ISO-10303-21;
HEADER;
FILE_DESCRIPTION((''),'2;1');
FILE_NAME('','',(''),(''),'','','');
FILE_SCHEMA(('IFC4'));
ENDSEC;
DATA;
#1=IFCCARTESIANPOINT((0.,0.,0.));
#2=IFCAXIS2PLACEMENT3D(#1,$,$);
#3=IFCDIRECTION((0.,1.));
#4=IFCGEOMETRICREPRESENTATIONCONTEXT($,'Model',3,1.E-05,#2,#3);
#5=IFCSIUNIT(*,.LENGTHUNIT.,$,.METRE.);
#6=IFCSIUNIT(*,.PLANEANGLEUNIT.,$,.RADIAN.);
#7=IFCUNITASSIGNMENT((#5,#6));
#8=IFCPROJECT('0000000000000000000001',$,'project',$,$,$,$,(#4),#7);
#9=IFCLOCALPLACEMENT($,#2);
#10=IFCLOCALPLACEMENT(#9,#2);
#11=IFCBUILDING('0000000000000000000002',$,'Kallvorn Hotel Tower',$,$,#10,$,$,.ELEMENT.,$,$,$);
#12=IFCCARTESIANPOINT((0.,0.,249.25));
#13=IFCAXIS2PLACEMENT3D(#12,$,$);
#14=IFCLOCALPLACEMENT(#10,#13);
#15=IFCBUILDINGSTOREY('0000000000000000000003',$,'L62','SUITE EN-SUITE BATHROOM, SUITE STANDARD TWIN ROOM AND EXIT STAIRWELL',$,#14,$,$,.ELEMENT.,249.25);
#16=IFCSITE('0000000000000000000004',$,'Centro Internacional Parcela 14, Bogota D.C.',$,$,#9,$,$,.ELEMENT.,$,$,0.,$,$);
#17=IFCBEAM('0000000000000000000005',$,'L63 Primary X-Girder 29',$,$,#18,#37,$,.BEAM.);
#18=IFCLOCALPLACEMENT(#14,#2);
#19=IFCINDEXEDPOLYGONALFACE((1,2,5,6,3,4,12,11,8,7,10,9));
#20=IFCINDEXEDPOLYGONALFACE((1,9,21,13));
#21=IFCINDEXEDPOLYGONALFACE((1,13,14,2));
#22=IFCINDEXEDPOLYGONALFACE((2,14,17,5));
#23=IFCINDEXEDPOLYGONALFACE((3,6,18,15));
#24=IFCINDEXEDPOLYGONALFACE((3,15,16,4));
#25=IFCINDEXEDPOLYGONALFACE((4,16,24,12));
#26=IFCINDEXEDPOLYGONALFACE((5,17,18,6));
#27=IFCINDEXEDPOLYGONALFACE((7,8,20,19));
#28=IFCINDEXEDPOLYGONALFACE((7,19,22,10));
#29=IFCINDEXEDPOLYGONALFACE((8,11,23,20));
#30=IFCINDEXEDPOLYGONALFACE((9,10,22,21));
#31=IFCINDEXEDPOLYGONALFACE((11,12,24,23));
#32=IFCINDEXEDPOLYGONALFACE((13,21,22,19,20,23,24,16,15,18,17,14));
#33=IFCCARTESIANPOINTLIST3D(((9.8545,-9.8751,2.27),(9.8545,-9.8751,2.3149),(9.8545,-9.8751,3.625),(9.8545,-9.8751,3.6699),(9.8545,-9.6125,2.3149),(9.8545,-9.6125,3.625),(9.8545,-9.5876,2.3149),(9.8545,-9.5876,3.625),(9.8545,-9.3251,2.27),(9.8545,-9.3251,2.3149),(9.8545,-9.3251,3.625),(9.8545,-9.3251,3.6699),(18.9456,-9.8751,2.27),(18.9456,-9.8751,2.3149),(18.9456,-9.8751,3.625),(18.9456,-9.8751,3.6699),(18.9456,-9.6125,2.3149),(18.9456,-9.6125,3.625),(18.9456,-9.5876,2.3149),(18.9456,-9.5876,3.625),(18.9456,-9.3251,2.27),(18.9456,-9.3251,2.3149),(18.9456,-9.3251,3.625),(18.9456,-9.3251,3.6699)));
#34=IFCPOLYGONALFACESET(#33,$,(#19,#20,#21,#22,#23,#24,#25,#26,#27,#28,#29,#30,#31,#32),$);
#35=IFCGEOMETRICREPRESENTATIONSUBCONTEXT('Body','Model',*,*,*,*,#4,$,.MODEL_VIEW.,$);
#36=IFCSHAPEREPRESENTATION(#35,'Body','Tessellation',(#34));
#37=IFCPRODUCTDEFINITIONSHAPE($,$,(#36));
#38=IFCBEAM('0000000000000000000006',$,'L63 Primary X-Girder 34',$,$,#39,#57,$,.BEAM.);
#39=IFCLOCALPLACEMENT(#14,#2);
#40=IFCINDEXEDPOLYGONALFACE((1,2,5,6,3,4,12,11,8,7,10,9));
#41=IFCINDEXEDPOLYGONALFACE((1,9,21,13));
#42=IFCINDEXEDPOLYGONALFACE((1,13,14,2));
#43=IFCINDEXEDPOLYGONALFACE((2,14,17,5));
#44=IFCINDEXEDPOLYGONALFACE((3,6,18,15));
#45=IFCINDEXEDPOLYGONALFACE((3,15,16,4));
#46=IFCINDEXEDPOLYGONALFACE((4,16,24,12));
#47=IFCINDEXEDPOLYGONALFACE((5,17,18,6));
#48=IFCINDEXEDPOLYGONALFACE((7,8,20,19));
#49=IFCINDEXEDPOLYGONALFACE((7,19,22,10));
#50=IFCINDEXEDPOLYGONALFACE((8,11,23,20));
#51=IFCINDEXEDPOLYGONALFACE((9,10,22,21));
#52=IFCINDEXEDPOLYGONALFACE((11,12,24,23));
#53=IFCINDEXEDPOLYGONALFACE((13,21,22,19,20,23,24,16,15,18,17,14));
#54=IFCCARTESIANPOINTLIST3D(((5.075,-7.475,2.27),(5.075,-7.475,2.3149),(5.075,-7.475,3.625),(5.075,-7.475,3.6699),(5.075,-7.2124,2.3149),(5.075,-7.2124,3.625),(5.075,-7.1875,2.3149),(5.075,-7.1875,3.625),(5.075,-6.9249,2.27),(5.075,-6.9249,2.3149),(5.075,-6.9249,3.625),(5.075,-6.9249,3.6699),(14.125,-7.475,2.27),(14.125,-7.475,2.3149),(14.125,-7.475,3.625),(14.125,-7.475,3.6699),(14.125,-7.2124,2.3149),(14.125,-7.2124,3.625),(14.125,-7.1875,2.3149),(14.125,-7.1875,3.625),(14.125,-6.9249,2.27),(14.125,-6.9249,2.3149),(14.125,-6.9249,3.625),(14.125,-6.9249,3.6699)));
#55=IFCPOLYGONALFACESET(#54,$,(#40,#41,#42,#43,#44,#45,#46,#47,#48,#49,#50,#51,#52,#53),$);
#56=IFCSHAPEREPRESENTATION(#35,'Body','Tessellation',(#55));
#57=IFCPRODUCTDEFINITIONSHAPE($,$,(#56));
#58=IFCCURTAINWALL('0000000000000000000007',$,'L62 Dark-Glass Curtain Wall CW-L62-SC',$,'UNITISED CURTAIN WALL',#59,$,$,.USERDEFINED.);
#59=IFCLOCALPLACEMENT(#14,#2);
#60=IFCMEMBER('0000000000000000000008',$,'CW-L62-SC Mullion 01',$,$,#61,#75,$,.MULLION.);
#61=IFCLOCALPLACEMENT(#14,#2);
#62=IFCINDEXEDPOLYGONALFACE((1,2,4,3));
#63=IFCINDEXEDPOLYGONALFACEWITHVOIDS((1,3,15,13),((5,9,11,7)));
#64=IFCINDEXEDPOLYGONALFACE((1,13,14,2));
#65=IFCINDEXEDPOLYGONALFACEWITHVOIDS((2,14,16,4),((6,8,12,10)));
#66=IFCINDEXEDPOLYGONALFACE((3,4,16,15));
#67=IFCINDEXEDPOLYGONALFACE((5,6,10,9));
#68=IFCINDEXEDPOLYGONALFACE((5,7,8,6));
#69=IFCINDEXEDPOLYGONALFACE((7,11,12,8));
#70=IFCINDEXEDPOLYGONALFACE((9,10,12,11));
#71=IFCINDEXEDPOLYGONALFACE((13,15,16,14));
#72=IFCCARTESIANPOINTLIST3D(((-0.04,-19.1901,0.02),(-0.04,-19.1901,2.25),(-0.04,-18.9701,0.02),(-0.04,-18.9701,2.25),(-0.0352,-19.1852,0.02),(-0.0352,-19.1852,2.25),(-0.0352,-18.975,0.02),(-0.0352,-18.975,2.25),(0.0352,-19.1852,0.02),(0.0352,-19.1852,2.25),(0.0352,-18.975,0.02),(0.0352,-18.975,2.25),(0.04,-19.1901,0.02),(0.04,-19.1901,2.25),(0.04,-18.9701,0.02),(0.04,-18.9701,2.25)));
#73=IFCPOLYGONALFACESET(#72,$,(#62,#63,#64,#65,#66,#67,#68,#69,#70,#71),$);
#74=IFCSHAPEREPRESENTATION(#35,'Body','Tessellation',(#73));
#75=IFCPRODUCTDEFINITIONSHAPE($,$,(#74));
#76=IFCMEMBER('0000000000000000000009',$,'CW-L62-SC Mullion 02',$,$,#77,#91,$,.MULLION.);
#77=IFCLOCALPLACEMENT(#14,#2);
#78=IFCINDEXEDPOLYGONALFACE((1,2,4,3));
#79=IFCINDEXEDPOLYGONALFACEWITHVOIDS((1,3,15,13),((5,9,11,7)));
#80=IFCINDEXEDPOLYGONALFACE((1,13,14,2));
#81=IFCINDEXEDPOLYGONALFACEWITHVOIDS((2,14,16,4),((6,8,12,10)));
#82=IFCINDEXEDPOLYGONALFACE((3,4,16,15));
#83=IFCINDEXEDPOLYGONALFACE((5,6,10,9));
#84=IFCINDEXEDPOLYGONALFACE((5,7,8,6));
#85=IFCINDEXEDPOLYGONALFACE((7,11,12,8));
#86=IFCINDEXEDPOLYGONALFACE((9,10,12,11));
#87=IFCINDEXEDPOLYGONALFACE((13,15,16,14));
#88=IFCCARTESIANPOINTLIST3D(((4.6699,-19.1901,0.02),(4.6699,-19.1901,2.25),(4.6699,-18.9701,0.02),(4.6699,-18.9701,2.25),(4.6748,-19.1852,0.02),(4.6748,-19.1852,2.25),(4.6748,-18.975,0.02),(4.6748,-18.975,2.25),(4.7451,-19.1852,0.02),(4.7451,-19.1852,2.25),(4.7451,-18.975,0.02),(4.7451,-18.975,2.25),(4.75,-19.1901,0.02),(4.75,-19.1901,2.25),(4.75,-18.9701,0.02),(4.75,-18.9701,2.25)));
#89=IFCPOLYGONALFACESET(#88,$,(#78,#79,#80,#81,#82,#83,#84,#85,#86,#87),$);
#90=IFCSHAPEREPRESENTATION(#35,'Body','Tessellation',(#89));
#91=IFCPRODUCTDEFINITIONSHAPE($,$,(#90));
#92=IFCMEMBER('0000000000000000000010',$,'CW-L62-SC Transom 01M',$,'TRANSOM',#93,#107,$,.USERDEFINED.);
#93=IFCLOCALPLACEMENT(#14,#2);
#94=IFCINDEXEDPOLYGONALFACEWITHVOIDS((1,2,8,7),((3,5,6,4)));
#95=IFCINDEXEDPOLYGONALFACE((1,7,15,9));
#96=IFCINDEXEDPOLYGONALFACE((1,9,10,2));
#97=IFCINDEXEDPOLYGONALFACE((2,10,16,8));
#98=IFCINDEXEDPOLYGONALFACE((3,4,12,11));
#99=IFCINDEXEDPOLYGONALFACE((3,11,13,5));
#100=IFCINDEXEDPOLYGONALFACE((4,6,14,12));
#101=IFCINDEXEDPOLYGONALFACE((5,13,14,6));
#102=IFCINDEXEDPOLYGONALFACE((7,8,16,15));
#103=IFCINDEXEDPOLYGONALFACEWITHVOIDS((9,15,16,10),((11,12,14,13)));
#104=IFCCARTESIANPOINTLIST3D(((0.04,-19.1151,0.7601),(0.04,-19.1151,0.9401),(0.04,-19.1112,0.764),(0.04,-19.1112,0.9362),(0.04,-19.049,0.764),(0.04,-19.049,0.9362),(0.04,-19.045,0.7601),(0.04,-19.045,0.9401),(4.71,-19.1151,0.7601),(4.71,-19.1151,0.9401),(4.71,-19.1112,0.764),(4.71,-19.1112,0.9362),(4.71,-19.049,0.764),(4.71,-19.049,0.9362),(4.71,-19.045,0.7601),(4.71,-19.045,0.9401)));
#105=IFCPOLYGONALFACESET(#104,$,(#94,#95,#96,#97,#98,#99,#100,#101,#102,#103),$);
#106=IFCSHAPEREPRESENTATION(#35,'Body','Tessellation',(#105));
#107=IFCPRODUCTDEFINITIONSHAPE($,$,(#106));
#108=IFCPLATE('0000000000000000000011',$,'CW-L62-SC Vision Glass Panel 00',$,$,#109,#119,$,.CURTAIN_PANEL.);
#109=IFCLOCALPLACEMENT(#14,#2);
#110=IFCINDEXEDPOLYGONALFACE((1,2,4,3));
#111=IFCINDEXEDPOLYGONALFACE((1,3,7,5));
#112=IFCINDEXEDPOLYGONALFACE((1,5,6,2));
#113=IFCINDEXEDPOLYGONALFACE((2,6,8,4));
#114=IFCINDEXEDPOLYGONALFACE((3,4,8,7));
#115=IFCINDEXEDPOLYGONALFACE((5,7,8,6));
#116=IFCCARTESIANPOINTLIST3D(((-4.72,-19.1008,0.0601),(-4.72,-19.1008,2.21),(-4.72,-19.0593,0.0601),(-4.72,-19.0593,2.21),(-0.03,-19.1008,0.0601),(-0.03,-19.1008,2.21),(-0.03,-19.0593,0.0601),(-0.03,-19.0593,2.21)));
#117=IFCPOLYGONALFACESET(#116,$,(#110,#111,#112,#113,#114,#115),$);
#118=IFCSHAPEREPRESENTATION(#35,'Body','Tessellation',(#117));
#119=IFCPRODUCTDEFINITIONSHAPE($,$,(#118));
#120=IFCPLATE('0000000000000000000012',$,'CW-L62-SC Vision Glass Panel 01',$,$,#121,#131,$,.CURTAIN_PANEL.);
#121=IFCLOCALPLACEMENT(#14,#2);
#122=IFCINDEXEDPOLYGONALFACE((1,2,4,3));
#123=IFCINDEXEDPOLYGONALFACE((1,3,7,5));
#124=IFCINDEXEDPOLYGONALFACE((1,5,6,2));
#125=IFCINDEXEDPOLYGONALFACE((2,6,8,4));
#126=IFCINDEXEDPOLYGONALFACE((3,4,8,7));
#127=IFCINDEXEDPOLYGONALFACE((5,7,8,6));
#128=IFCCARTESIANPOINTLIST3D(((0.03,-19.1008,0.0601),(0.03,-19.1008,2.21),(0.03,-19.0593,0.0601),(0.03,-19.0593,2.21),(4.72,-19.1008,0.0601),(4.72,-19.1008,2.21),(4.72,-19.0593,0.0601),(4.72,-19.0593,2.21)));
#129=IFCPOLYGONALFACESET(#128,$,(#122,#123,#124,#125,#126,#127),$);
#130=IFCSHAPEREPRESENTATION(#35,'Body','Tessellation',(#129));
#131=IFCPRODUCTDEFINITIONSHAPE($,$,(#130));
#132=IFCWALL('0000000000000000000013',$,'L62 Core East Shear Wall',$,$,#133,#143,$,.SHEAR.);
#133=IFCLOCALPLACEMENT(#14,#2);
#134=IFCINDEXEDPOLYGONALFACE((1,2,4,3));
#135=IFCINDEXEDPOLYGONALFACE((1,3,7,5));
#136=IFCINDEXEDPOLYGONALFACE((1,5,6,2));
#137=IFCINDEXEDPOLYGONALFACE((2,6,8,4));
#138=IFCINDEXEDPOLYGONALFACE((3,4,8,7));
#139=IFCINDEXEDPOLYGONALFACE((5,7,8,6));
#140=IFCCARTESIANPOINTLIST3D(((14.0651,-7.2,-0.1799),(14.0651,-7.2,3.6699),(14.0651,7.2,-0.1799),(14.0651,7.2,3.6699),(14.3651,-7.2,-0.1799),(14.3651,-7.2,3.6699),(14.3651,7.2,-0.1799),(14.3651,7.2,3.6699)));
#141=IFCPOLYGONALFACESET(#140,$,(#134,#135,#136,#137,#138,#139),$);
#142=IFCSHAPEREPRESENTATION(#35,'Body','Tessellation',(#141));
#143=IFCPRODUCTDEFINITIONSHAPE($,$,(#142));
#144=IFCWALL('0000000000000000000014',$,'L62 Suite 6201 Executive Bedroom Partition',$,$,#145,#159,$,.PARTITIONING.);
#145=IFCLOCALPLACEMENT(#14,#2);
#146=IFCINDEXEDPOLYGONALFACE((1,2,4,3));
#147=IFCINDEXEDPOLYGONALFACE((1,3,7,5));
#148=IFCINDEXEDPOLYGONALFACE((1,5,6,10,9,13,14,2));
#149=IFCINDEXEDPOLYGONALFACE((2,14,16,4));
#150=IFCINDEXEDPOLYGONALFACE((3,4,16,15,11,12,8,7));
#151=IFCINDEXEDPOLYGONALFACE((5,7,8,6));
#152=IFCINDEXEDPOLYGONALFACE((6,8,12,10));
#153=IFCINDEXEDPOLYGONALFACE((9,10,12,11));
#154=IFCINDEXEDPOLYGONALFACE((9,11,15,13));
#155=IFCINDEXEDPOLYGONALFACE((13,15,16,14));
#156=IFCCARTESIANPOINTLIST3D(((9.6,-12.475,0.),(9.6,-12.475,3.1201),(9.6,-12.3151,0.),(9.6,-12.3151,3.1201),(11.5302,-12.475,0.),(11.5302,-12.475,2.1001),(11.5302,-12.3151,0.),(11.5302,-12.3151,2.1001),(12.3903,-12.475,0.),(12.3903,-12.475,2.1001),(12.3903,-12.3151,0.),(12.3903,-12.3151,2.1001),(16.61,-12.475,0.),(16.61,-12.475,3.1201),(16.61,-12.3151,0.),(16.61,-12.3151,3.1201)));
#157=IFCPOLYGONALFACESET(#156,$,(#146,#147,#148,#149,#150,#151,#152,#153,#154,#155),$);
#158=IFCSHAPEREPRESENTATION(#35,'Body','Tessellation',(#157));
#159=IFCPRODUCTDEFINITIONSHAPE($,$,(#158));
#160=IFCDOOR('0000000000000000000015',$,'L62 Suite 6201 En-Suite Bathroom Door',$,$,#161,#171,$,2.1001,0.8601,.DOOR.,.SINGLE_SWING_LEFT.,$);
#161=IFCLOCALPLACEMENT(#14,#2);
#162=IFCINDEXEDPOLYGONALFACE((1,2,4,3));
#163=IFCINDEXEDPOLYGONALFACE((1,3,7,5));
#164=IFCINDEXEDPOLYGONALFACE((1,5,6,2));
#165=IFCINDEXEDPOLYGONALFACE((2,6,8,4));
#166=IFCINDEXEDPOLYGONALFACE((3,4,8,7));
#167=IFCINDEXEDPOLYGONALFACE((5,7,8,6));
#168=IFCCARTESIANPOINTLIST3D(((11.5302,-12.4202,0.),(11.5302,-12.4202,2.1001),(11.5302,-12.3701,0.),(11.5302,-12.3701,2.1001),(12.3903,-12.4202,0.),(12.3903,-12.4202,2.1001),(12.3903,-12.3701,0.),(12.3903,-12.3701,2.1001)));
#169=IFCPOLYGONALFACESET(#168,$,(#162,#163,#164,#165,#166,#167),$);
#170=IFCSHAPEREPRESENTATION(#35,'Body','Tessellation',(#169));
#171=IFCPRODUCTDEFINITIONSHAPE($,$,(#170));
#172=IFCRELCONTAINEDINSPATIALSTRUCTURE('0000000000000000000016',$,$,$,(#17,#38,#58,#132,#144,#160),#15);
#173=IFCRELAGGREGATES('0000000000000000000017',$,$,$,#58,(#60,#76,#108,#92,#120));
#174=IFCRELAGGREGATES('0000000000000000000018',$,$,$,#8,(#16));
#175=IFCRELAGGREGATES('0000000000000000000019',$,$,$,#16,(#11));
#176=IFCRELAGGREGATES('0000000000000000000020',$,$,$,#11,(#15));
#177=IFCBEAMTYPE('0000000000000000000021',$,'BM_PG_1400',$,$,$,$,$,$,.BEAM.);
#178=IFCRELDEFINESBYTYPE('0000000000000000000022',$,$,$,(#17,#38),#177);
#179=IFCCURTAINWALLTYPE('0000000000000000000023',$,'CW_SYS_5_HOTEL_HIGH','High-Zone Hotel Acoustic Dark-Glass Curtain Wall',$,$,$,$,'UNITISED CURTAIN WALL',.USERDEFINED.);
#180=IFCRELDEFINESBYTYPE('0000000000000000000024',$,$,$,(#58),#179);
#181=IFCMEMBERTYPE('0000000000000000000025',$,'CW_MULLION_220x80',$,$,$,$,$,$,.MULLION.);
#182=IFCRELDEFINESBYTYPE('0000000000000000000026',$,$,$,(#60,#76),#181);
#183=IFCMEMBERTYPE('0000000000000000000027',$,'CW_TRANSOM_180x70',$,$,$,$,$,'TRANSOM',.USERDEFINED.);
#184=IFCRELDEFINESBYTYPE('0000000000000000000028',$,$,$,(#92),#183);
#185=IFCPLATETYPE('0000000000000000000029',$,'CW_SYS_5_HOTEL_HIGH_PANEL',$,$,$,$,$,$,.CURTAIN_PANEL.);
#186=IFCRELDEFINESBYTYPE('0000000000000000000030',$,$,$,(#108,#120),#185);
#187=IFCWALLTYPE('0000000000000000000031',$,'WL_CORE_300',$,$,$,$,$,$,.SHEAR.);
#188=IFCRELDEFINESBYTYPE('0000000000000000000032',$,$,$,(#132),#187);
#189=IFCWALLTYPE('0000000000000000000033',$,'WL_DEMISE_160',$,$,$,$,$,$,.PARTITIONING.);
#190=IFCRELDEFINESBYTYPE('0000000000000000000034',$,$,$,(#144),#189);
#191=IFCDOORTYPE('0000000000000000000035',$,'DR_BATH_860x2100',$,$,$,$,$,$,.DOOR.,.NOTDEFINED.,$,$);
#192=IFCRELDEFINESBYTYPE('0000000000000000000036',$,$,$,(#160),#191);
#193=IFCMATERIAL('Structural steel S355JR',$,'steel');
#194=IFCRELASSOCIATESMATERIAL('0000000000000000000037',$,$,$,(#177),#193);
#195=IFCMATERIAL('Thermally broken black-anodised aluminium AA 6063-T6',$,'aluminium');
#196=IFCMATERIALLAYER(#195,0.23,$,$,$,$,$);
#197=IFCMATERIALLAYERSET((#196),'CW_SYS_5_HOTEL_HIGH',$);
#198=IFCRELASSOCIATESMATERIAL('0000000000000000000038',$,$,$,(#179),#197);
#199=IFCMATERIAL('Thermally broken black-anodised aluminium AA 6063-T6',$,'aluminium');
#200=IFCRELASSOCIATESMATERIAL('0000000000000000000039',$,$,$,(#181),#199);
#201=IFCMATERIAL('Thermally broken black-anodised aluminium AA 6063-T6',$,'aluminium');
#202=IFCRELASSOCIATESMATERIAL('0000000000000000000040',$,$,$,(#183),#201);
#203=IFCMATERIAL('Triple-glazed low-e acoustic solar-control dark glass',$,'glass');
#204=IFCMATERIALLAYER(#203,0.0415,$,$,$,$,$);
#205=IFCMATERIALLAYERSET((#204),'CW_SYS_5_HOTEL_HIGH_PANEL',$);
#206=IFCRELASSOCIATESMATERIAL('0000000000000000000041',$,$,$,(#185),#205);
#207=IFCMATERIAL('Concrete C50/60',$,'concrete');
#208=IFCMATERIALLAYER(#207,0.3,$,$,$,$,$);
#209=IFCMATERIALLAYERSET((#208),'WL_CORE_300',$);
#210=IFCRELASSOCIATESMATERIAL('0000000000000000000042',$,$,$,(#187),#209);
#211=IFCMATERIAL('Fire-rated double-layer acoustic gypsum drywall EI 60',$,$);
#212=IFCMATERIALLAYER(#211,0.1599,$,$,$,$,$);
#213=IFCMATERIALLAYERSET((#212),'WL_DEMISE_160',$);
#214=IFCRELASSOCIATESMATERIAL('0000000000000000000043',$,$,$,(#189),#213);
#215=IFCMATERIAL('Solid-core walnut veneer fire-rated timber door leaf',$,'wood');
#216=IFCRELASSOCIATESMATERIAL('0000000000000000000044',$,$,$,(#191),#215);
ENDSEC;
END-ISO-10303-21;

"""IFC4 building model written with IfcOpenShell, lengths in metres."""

from ifc_helpers import new_model, si_unit, direction, frame, frame_2d, origin, origin_2d, place, context, subcontext, project, spatial, rectangle, hollow_rectangle, i_section, extrude, material, layer, layer_set, material_profile, profile_set, type_object, element, fill, aggregate, save


model = new_model("IFC4")

# Units and contexts
model_context = context("Model", 3, precision=1e-05, world=origin(), true_north=direction((0.0, 1.0)))
body_context = subcontext(model_context, "Body", "Model", "MODEL_VIEW")
ifc_project = project(units=[si_unit("LENGTHUNIT", "METRE"), si_unit("PLANEANGLEUNIT", "RADIAN")], contexts=[model_context])

# Site, building, storey
site_placement = place(None, origin())
site = spatial("IfcSite", under=ifc_project, at=site_placement, Name="Centro Internacional Parcela 14, Bogota D.C.", CompositionType="ELEMENT", RefElevation=0.0)
building_placement = place(site_placement, origin())
building = spatial("IfcBuilding", under=site, at=building_placement, Name="Kallvorn Hotel Tower", CompositionType="ELEMENT")
storey_placement = place(building_placement, frame((0.0, 0.0, 249.25)))
storey = spatial("IfcBuildingStorey", under=building, at=storey_placement, Name="L62", Description="SUITE EN-SUITE BATHROOM, SUITE STANDARD TWIN ROOM AND EXIT STAIRWELL", CompositionType="ELEMENT", Elevation=249.25)

# Beams
ifc_material_1 = material(Name="Structural steel S355JR", Category="steel")
ifc_material_profile_1 = material_profile(ifc_material_1, i_section(OverallWidth=0.55, OverallDepth=1.3999, WebThickness=0.0249, FlangeThickness=0.0449, at=origin_2d()), Name="PG 1400x550x25x45")
ifc_profile_set_1 = profile_set([ifc_material_profile_1], Name="Structural steel S355JR")
beam_type_1 = type_object("IfcBeamType", Name="BM_PG_1400", PredefinedType="BEAM", material=ifc_profile_set_1)
for number, where, z_axis, x_axis, name in (
    (1, (9.8545, -9.6001, 2.97), (1.0, 0.0, 0.0), (0.0, 1.0, 0.0), "L63 Primary X-Girder 29"),
):
    element("IfcBeam", number, at=place(storey_placement, frame(where, z_axis=z_axis, x_axis=x_axis)), inside=storey, type_object=beam_type_1, Name=name, PredefinedType="BEAM", context=body_context, shape_type="SweptSolid", body=[
        extrude(i_section(OverallWidth=0.55, OverallDepth=1.3999, WebThickness=0.0249, FlangeThickness=0.0449, at=origin_2d()), origin(), (0.0, 0.0, 1.0), 9.0911),
    ])
beam_1_placement = place(storey_placement, frame((5.075, -7.2, 2.97), z_axis=(1.0, 0.0, 0.0), x_axis=(0.0, 1.0, 0.0)))
element("IfcBeam", 2, at=beam_1_placement, inside=storey, type_object=beam_type_1, Name="L63 Primary X-Girder 34", PredefinedType="BEAM", context=body_context, shape_type="SweptSolid", body=[
    extrude(i_section(OverallWidth=0.55, OverallDepth=1.3999, WebThickness=0.0249, FlangeThickness=0.0449, at=origin_2d()), origin(), (0.0, 0.0, 1.0), 9.05),
])

# Curtain wall, members, plates
ifc_material_2 = material(Name="Thermally broken black-anodised aluminium AA 6063-T6", Category="aluminium")
ifc_layer_1 = layer(ifc_material_2, 0.23)
ifc_layer_set_1 = layer_set([ifc_layer_1], Name="CW_SYS_5_HOTEL_HIGH")
curtain_wall_type = type_object("IfcCurtainWallType", Name="CW_SYS_5_HOTEL_HIGH", Description="High-Zone Hotel Acoustic Dark-Glass Curtain Wall", ElementType="UNITISED CURTAIN WALL", PredefinedType="USERDEFINED", material=ifc_layer_set_1)
curtain_wall_placement = place(storey_placement, origin())
curtain_wall = element("IfcCurtainWall", 3, at=curtain_wall_placement, inside=storey, type_object=curtain_wall_type, Name="L62 Dark-Glass Curtain Wall CW-L62-SC", ObjectType="UNITISED CURTAIN WALL", PredefinedType="USERDEFINED")
ifc_material_3 = material(Name="Thermally broken black-anodised aluminium AA 6063-T6", Category="aluminium")
ifc_material_profile_2 = material_profile(ifc_material_3, hollow_rectangle(XDim=0.0801, YDim=0.22, WallThickness=0.0049, at=origin_2d()), Name="MUL 220x80")
ifc_profile_set_2 = profile_set([ifc_material_profile_2], Name="Thermally broken black-anodised aluminium AA 6063-T6")
member_type_1 = type_object("IfcMemberType", Name="CW_MULLION_220x80", PredefinedType="MULLION", material=ifc_profile_set_2)
member_1_placement = place(storey_placement, frame((0.0, -19.0801, 0.02), z_axis=(0.0, 0.0, 1.0), x_axis=(1.0, 0.0, 0.0)))
member_1 = element("IfcMember", 4, at=member_1_placement, type_object=member_type_1, Name="CW-L62-SC Mullion 01", PredefinedType="MULLION", context=body_context, shape_type="SweptSolid", body=[
    extrude(hollow_rectangle(XDim=0.0801, YDim=0.22, WallThickness=0.0049, at=origin_2d()), origin(), (0.0, 0.0, 1.0), 2.23),
])
member_2_placement = place(storey_placement, frame((4.71, -19.0801, 0.02), z_axis=(0.0, 0.0, 1.0), x_axis=(1.0, 0.0, 0.0)))
member_2 = element("IfcMember", 5, at=member_2_placement, type_object=member_type_1, Name="CW-L62-SC Mullion 02", PredefinedType="MULLION", context=body_context, shape_type="SweptSolid", body=[
    extrude(hollow_rectangle(XDim=0.0801, YDim=0.22, WallThickness=0.0049, at=origin_2d()), origin(), (0.0, 0.0, 1.0), 2.23),
])
ifc_material_4 = material(Name="Thermally broken black-anodised aluminium AA 6063-T6", Category="aluminium")
ifc_material_profile_3 = material_profile(ifc_material_4, hollow_rectangle(XDim=0.0701, YDim=0.1799, WallThickness=0.0039, at=origin_2d()), Name="TRN 180x70")
ifc_profile_set_3 = profile_set([ifc_material_profile_3], Name="Thermally broken black-anodised aluminium AA 6063-T6")
member_type_2 = type_object("IfcMemberType", Name="CW_TRANSOM_180x70", ElementType="TRANSOM", PredefinedType="USERDEFINED", material=ifc_profile_set_3)
member_3_placement = place(storey_placement, frame((0.04, -19.0801, 0.8501), z_axis=(1.0, 0.0, 0.0), x_axis=(0.0, 1.0, 0.0)))
member_3 = element("IfcMember", 6, at=member_3_placement, type_object=member_type_2, Name="CW-L62-SC Transom 01M", ObjectType="TRANSOM", PredefinedType="USERDEFINED", context=body_context, shape_type="SweptSolid", body=[
    extrude(hollow_rectangle(XDim=0.0701, YDim=0.1799, WallThickness=0.0039, at=origin_2d()), origin(), (0.0, 0.0, 1.0), 4.6699),
])
ifc_material_5 = material(Name="Triple-glazed low-e acoustic solar-control dark glass", Category="glass")
ifc_layer_2 = layer(ifc_material_5, 0.0415)
ifc_layer_set_2 = layer_set([ifc_layer_2], Name="CW_SYS_5_HOTEL_HIGH_PANEL")
plate_type = type_object("IfcPlateType", Name="CW_SYS_5_HOTEL_HIGH_PANEL", PredefinedType="CURTAIN_PANEL", material=ifc_layer_set_2)
plate_1_placement = place(storey_placement, frame((-2.375, -19.0801, 0.0601), z_axis=(0.0, 0.0, 1.0), x_axis=(1.0, 0.0, 0.0)))
plate_1 = element("IfcPlate", 7, at=plate_1_placement, type_object=plate_type, Name="CW-L62-SC Vision Glass Panel 00", PredefinedType="CURTAIN_PANEL", context=body_context, shape_type="SweptSolid", body=[
    extrude(rectangle(XDim=4.6899, YDim=0.0415, at=origin_2d()), origin(), (0.0, 0.0, 1.0), 2.1499),
])
plate_2_placement = place(storey_placement, frame((2.375, -19.0801, 0.0601), z_axis=(0.0, 0.0, 1.0), x_axis=(1.0, 0.0, 0.0)))
plate_2 = element("IfcPlate", 8, at=plate_2_placement, type_object=plate_type, Name="CW-L62-SC Vision Glass Panel 01", PredefinedType="CURTAIN_PANEL", context=body_context, shape_type="SweptSolid", body=[
    extrude(rectangle(XDim=4.6899, YDim=0.0415, at=origin_2d()), origin(), (0.0, 0.0, 1.0), 2.1499),
])
aggregate(curtain_wall, [member_1, member_2, plate_1, member_3, plate_2])

# Wall
ifc_material_6 = material(Name="Concrete C50/60", Category="concrete")
ifc_layer_3 = layer(ifc_material_6, 0.3)
ifc_layer_set_3 = layer_set([ifc_layer_3], Name="WL_CORE_300")
wall_type_1 = type_object("IfcWallType", Name="WL_CORE_300", PredefinedType="SHEAR", material=ifc_layer_set_3)
wall_1_placement = place(storey_placement, frame((14.2151, -7.2, -0.1799), z_axis=(0.0, 0.0, 1.0), x_axis=(0.0, 1.0, 0.0)))
element("IfcWall", 9, at=wall_1_placement, inside=storey, type_object=wall_type_1, Name="L62 Core East Shear Wall", PredefinedType="SHEAR", context=body_context, shape_type="SweptSolid", body=[
    extrude(rectangle(XDim=14.3999, YDim=0.3, at=frame_2d((7.2, 0.0))), origin(), (0.0, 0.0, 1.0), 3.8499),
])

# Wall, opening, door
ifc_material_7 = material(Name="Fire-rated double-layer acoustic gypsum drywall EI 60")
ifc_layer_4 = layer(ifc_material_7, 0.1599)
ifc_layer_set_4 = layer_set([ifc_layer_4], Name="WL_DEMISE_160")
wall_type_2 = type_object("IfcWallType", Name="WL_DEMISE_160", PredefinedType="PARTITIONING", material=ifc_layer_set_4)
wall_2_placement = place(storey_placement, frame((9.6001, -12.395, 0.0), z_axis=(0.0, 0.0, 1.0), x_axis=(1.0, 0.0, 0.0)))
wall_2 = element("IfcWall", 10, at=wall_2_placement, inside=storey, type_object=wall_type_2, Name="L62 Suite 6201 Executive Bedroom Partition", PredefinedType="PARTITIONING", context=body_context, shape_type="SweptSolid", body=[
    extrude(rectangle(XDim=7.01, YDim=0.1599, at=frame_2d((3.5049, 0.0))), origin(), (0.0, 0.0, 1.0), 3.1201),
])
opening_1_placement = place(wall_2_placement, frame((1.9299, 0.0, 0.0)))
opening_1 = element("IfcOpeningElement", 11, at=opening_1_placement, cuts=wall_2, PredefinedType="OPENING", context=body_context, shape_type="SweptSolid", body=[
    extrude(rectangle(XDim=0.8601, YDim=2.1001, at=frame_2d((0.4302, 1.05))), frame((0.0, 0.095, 0.0), z_axis=(0.0, -1.0, 0.0), x_axis=(1.0, 0.0, 0.0)), (0.0, 0.0, 1.0), 0.1899),
])
ifc_material_8 = material(Name="Solid-core walnut veneer fire-rated timber door leaf", Category="wood")
door_type_1 = type_object("IfcDoorType", Name="DR_BATH_860x2100", OperationType="NOTDEFINED", PredefinedType="DOOR", material=ifc_material_8)
door_1_placement = place(opening_1_placement, origin())
door_1 = element("IfcDoor", 12, at=door_1_placement, inside=storey, type_object=door_type_1, Name="L62 Suite 6201 En-Suite Bathroom Door", OperationType="SINGLE_SWING_LEFT", OverallHeight=2.1001, OverallWidth=0.8601, PredefinedType="DOOR", context=body_context, shape_type="SweptSolid", body=[
    extrude(rectangle(XDim=0.8601, YDim=2.1001, at=frame_2d((0.4302, 1.05))), frame((0.0, 0.0249, 0.0), z_axis=(0.0, -1.0, 0.0), x_axis=(1.0, 0.0, 0.0)), (0.0, 0.0, 1.0), 0.05),
])
fill(opening_1, door_1)

save(model, "model.ifc")
